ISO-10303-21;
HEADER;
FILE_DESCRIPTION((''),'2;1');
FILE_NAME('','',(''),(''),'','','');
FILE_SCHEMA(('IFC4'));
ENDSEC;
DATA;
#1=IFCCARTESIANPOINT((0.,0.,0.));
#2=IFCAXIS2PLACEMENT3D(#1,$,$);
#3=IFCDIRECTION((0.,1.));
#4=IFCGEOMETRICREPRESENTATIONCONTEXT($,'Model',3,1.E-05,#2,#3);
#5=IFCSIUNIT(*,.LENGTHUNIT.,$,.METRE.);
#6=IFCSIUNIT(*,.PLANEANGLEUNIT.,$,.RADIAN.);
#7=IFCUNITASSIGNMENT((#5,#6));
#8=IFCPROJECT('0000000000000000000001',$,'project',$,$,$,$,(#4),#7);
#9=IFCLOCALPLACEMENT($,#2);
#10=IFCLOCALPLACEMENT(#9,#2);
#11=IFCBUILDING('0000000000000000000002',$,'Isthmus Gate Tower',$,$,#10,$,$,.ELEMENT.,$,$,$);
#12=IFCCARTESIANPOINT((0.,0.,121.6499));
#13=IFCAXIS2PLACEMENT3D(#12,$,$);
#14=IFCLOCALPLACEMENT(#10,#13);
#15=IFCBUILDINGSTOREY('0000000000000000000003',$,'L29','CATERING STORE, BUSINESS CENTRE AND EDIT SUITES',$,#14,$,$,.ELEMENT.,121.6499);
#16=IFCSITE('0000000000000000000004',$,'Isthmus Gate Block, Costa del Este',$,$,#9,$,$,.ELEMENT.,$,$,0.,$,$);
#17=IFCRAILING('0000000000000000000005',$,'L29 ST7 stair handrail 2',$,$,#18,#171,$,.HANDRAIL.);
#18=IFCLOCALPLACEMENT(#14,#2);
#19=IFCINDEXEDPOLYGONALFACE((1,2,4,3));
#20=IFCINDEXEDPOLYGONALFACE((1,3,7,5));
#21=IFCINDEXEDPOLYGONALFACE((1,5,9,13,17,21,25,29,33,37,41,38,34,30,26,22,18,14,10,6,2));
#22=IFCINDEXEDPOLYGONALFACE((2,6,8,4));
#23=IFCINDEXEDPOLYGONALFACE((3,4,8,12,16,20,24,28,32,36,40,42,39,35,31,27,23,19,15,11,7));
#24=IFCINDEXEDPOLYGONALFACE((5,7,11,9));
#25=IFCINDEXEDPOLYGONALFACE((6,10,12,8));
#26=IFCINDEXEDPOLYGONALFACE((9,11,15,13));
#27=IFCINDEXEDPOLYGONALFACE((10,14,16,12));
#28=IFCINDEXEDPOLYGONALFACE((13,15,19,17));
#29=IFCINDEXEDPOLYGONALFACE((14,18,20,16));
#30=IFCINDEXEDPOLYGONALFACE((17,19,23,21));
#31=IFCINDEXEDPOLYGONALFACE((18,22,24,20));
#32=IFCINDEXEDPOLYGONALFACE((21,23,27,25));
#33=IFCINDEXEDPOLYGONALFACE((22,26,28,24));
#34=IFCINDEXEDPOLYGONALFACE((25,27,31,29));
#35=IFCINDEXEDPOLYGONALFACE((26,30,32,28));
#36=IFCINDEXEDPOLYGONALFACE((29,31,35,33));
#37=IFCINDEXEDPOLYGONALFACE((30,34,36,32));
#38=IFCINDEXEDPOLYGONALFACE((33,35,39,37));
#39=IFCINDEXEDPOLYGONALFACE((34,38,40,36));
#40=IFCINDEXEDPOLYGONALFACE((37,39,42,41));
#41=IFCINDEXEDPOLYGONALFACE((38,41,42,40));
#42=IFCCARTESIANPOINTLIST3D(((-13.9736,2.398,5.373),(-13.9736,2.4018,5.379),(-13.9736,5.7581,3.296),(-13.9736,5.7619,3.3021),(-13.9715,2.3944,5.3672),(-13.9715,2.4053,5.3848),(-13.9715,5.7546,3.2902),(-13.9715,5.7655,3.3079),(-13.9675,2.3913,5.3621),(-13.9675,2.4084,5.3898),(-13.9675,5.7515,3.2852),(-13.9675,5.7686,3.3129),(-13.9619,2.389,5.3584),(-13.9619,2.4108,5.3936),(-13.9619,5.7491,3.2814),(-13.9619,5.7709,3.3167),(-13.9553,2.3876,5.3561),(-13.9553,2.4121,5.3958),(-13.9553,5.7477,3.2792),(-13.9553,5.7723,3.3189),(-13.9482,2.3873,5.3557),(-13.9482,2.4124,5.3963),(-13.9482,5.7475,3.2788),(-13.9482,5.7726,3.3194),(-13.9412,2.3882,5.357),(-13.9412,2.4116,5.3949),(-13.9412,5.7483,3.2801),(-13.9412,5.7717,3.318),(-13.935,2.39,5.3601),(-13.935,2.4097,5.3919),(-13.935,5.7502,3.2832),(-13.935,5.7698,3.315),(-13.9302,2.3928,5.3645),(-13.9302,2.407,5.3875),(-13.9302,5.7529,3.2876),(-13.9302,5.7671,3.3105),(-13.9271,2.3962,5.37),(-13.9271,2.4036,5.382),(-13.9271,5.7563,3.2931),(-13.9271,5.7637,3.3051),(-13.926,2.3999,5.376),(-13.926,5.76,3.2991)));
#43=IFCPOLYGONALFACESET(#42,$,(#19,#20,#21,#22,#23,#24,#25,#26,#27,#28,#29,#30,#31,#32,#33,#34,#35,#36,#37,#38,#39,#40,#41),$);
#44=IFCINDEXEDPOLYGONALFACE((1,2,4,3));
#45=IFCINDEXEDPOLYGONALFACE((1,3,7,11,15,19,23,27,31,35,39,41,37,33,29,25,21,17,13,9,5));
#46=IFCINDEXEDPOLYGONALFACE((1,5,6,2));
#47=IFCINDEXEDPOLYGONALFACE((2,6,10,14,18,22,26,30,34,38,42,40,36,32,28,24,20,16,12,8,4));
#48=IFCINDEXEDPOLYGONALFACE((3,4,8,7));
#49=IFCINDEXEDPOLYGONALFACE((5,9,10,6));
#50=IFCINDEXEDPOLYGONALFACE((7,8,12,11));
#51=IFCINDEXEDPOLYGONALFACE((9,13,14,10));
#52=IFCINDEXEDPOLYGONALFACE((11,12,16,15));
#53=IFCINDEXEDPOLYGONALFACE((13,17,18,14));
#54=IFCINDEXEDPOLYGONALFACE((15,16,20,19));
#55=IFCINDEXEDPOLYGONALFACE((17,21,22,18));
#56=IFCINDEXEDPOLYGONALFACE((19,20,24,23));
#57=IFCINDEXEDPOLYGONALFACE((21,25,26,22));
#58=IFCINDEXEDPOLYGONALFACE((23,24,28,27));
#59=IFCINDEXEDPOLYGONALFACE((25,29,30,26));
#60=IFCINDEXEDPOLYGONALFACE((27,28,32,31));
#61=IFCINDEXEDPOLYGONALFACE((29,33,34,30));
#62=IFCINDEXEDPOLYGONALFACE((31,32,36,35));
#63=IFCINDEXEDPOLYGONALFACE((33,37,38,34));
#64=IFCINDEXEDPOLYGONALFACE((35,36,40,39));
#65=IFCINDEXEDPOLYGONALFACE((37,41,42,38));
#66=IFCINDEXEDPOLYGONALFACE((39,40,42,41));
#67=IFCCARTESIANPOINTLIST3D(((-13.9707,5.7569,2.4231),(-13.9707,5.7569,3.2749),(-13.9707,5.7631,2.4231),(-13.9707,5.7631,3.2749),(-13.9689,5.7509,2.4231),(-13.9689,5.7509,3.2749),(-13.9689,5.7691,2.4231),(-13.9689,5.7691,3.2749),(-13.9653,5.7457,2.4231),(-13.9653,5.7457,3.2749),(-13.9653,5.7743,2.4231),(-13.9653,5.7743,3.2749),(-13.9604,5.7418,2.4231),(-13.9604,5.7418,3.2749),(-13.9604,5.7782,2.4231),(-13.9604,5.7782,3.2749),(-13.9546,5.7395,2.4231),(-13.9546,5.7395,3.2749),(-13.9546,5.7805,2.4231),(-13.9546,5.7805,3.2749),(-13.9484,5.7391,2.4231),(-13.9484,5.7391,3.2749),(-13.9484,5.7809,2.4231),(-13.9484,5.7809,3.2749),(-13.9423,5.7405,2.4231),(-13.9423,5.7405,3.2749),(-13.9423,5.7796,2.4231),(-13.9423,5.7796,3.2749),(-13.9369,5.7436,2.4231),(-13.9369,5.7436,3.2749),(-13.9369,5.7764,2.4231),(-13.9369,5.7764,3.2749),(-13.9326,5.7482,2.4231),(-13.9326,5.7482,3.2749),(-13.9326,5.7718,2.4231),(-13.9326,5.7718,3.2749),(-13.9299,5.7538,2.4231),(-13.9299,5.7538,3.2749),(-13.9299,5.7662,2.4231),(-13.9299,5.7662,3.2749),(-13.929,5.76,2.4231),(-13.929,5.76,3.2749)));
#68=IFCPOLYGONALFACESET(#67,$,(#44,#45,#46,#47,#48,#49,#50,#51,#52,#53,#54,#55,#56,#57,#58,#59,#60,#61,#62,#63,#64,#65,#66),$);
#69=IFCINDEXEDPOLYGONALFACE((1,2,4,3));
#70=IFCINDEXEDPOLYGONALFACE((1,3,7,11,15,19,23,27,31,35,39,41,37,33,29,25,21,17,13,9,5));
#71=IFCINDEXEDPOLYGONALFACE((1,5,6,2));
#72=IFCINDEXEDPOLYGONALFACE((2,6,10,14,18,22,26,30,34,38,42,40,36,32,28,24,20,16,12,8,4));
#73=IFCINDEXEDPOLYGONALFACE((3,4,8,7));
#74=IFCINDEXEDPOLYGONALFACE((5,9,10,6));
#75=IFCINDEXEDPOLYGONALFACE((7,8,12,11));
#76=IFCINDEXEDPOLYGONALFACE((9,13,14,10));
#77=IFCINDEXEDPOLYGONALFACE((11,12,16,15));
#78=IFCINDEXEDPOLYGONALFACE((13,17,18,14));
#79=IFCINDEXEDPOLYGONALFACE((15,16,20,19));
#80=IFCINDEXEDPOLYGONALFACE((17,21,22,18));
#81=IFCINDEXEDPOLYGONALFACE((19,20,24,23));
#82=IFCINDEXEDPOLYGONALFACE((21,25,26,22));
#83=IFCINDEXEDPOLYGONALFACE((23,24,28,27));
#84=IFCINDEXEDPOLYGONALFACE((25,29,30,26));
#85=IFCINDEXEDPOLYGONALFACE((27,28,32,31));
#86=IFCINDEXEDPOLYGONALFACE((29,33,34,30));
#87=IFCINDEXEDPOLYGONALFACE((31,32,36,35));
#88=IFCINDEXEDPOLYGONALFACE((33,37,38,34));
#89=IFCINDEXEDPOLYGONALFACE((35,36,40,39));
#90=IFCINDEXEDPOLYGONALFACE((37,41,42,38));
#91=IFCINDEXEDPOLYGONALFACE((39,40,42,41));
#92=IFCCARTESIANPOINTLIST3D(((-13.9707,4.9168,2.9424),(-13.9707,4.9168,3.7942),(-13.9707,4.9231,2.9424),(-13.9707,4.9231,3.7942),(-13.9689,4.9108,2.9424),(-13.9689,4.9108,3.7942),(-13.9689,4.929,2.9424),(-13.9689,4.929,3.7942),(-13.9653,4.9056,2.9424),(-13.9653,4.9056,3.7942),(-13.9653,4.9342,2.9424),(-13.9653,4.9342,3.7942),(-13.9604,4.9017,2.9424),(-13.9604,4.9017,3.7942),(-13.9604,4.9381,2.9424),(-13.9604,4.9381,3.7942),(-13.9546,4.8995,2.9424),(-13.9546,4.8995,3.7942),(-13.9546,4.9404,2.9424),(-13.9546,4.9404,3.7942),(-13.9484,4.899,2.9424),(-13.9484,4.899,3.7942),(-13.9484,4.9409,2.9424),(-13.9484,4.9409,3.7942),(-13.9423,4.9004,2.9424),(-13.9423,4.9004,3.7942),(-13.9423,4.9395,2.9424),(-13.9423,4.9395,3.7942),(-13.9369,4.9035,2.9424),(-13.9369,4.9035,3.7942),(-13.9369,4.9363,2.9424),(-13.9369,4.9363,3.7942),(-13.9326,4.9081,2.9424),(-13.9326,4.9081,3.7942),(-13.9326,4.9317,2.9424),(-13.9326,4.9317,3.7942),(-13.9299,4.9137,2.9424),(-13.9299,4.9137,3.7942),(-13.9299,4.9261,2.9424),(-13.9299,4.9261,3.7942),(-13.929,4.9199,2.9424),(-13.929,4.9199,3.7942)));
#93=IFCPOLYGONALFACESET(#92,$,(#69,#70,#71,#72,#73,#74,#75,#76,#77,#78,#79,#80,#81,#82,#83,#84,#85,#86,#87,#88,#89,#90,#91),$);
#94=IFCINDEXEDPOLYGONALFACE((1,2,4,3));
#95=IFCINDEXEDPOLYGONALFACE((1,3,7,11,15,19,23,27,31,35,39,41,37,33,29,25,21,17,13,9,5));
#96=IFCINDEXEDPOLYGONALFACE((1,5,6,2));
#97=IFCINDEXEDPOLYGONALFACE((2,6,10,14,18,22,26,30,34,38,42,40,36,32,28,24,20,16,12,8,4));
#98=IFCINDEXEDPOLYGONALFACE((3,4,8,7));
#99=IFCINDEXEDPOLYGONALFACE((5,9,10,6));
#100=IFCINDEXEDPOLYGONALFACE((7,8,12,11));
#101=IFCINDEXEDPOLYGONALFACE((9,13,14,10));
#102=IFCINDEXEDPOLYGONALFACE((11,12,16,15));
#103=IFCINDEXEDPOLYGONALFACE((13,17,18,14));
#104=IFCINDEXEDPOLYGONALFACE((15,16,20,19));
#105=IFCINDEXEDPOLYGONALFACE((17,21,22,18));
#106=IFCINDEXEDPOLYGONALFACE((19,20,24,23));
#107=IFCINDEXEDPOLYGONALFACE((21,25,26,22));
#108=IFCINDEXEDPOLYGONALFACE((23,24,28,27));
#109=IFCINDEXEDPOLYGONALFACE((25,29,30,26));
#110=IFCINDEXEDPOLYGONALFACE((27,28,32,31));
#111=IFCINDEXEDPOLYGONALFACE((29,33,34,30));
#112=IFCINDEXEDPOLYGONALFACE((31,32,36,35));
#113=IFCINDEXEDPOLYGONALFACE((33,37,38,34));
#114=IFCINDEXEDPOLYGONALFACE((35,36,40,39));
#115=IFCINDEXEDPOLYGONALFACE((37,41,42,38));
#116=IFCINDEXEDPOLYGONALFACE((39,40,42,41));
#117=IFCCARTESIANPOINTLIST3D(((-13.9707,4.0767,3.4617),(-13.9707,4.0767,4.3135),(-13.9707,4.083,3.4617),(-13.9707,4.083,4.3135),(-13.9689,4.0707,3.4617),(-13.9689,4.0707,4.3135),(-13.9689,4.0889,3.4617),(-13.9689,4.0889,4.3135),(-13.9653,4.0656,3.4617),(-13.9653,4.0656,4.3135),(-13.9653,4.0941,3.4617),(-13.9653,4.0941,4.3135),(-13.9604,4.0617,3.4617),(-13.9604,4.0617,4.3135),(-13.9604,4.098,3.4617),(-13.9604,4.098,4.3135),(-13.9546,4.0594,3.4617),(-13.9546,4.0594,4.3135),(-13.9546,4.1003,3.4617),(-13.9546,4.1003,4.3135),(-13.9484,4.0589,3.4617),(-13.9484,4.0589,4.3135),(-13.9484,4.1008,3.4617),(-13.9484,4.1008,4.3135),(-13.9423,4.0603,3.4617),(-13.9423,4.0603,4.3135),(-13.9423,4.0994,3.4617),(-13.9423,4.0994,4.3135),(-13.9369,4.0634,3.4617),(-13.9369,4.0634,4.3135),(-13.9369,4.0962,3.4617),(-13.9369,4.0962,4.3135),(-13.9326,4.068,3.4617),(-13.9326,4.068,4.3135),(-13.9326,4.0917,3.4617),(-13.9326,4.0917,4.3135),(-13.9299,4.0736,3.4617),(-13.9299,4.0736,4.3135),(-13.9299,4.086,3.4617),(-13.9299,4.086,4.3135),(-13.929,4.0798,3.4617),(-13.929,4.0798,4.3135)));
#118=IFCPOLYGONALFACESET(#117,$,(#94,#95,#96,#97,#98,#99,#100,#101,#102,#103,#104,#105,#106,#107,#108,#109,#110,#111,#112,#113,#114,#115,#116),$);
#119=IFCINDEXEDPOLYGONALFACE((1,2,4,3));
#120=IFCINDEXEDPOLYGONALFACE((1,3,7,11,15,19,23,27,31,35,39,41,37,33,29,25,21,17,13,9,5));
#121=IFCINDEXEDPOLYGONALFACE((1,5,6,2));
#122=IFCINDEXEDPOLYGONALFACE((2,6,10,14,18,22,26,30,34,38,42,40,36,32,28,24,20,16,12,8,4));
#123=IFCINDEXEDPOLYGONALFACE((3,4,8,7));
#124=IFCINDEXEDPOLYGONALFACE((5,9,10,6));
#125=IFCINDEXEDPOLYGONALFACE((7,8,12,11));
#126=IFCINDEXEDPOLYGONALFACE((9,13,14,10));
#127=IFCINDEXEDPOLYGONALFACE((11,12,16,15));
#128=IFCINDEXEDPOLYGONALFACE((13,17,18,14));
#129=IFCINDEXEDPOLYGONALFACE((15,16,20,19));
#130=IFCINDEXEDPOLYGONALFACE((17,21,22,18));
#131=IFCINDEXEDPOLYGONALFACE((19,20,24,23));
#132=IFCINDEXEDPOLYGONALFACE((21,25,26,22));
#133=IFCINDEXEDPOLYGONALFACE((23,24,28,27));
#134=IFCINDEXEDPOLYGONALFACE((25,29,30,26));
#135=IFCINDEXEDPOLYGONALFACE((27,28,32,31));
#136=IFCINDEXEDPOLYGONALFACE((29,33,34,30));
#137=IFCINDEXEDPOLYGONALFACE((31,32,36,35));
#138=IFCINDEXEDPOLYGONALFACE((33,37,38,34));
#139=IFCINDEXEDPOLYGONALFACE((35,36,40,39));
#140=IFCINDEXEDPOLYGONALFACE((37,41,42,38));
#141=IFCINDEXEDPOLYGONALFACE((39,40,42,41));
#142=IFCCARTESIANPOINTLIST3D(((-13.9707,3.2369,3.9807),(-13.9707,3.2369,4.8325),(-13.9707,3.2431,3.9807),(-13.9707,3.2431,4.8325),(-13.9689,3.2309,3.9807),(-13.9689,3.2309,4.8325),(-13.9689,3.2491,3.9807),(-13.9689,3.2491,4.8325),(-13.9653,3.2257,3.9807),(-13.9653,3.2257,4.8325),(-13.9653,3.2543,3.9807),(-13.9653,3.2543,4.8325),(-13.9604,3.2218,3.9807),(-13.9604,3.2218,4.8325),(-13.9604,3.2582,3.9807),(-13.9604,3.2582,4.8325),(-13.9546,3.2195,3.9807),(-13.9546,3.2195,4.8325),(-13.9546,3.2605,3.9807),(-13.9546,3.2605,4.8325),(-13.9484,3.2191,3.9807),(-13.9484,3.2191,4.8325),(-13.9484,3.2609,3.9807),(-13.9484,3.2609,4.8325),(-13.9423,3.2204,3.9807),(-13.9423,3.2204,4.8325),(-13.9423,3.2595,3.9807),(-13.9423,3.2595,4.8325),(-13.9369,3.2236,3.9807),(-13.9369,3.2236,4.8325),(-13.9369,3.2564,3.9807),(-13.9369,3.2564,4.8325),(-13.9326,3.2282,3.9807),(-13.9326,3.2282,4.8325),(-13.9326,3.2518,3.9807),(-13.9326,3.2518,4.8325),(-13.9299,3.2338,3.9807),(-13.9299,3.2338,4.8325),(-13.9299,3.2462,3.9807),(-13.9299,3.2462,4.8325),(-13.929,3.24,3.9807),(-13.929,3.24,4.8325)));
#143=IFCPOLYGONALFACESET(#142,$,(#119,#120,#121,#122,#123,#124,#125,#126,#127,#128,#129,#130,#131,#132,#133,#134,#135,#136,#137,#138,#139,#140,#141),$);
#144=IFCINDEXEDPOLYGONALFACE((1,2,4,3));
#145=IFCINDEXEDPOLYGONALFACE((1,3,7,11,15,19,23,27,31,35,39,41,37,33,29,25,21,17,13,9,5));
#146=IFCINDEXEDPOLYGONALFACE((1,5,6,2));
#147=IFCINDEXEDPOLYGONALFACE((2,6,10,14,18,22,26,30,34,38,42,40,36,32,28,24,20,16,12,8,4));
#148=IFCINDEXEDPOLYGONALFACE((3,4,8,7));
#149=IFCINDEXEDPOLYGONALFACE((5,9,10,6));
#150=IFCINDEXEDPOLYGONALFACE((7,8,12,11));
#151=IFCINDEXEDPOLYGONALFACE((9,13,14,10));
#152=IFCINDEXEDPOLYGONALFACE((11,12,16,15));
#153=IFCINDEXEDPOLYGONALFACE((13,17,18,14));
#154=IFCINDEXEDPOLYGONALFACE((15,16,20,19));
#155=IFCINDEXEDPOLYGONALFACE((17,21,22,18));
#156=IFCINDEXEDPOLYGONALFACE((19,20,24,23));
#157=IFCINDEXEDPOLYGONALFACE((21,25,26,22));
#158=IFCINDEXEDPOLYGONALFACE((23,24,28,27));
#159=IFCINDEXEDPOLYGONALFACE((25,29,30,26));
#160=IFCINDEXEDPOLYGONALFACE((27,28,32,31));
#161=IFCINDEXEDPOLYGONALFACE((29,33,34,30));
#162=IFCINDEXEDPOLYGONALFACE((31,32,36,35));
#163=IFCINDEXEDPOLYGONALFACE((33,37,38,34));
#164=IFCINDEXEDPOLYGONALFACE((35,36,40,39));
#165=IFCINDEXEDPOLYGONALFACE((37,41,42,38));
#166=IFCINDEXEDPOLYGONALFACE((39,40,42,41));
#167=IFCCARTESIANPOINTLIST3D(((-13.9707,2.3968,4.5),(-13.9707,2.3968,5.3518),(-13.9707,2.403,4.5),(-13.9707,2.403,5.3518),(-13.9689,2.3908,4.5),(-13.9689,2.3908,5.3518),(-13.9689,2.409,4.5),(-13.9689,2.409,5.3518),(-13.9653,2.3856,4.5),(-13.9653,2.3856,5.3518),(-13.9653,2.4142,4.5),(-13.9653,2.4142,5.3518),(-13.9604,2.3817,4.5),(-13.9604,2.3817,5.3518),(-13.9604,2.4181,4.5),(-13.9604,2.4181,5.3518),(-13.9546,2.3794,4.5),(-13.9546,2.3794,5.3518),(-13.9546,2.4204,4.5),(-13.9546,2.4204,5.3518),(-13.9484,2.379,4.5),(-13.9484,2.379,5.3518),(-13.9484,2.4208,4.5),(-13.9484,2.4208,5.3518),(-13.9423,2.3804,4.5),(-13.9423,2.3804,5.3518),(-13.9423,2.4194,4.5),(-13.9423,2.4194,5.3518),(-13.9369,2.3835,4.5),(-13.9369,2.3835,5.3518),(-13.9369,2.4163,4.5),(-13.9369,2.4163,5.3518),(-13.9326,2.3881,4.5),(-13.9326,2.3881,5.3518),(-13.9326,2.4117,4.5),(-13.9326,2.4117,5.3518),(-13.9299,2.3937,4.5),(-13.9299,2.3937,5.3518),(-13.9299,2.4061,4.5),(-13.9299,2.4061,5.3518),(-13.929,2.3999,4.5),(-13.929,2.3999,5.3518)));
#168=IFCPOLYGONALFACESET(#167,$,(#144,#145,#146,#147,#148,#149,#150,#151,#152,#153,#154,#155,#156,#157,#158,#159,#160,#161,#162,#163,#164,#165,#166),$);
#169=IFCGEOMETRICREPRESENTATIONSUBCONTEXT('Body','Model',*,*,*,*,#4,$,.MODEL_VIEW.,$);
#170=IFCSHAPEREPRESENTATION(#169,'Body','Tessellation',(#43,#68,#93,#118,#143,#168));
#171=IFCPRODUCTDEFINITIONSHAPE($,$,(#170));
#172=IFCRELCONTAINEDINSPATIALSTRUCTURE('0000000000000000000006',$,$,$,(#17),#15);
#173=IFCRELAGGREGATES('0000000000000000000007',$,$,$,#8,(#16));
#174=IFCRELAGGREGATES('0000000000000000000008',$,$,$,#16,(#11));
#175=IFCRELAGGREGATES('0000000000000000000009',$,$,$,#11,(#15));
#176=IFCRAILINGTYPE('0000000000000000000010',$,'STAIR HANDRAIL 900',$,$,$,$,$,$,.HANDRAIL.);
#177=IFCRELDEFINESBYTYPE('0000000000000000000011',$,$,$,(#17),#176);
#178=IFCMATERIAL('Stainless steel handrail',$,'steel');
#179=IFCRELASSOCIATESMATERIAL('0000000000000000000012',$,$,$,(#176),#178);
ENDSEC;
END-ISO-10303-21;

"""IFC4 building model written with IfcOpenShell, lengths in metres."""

from ifc_helpers import new_model, si_unit, direction, frame, origin, origin_2d, place, context, subcontext, project, spatial, circle, extrude, material, type_object, element, save


model = new_model("IFC4")

# Units and contexts
model_context = context("Model", 3, precision=1e-05, world=origin(), true_north=direction((0.0, 1.0)))
body_context = subcontext(model_context, "Body", "Model", "MODEL_VIEW")
ifc_project = project(units=[si_unit("LENGTHUNIT", "METRE"), si_unit("PLANEANGLEUNIT", "RADIAN")], contexts=[model_context])

# Site, building, storey
site_placement = place(None, origin())
site = spatial("IfcSite", under=ifc_project, at=site_placement, Name="Isthmus Gate Block, Costa del Este", CompositionType="ELEMENT", RefElevation=0.0)
building_placement = place(site_placement, origin())
building = spatial("IfcBuilding", under=site, at=building_placement, Name="Isthmus Gate Tower", CompositionType="ELEMENT")
storey_placement = place(building_placement, frame((0.0, 0.0, 121.6499)))
storey = spatial("IfcBuildingStorey", under=building, at=storey_placement, Name="L29", Description="CATERING STORE, BUSINESS CENTRE AND EDIT SUITES", CompositionType="ELEMENT", Elevation=121.6499)

# Railing
ifc_material_1 = material(Name="Stainless steel handrail", Category="steel")
railing_type_1 = type_object("IfcRailingType", Name="STAIR HANDRAIL 900", PredefinedType="HANDRAIL", material=ifc_material_1)
for number, where, name in (
    (1, (-13.95, 5.76, 2.4231), "L29 ST7 stair handrail 2"),
):
    element("IfcRailing", number, at=place(storey_placement, frame(where)), inside=storey, type_object=railing_type_1, Name=name, PredefinedType="HANDRAIL", context=body_context, shape_type="SweptSolid", body=[
        extrude(circle(Radius=0.0239, at=origin_2d()), frame((0.0, 0.0, 0.876), z_axis=(0.0, -0.850623, 0.525776), x_axis=(1.0, 0.0, 0.0)), (0.0, 0.0, 1.0), 3.9502),
        extrude(circle(Radius=0.021, at=origin_2d()), origin(), (0.0, 0.0, 1.0), 0.8518),
        extrude(circle(Radius=0.021, at=origin_2d()), frame((0.0, -0.8401, 0.5193)), (0.0, 0.0, 1.0), 0.8518),
        extrude(circle(Radius=0.021, at=origin_2d()), frame((0.0, -1.6802, 1.0386)), (0.0, 0.0, 1.0), 0.8518),
        extrude(circle(Radius=0.021, at=origin_2d()), frame((0.0, -2.52, 1.5576)), (0.0, 0.0, 1.0), 0.8518),
        extrude(circle(Radius=0.021, at=origin_2d()), frame((0.0, -3.3601, 2.0769)), (0.0, 0.0, 1.0), 0.8518),
    ])

save(model, "model.ifc")
